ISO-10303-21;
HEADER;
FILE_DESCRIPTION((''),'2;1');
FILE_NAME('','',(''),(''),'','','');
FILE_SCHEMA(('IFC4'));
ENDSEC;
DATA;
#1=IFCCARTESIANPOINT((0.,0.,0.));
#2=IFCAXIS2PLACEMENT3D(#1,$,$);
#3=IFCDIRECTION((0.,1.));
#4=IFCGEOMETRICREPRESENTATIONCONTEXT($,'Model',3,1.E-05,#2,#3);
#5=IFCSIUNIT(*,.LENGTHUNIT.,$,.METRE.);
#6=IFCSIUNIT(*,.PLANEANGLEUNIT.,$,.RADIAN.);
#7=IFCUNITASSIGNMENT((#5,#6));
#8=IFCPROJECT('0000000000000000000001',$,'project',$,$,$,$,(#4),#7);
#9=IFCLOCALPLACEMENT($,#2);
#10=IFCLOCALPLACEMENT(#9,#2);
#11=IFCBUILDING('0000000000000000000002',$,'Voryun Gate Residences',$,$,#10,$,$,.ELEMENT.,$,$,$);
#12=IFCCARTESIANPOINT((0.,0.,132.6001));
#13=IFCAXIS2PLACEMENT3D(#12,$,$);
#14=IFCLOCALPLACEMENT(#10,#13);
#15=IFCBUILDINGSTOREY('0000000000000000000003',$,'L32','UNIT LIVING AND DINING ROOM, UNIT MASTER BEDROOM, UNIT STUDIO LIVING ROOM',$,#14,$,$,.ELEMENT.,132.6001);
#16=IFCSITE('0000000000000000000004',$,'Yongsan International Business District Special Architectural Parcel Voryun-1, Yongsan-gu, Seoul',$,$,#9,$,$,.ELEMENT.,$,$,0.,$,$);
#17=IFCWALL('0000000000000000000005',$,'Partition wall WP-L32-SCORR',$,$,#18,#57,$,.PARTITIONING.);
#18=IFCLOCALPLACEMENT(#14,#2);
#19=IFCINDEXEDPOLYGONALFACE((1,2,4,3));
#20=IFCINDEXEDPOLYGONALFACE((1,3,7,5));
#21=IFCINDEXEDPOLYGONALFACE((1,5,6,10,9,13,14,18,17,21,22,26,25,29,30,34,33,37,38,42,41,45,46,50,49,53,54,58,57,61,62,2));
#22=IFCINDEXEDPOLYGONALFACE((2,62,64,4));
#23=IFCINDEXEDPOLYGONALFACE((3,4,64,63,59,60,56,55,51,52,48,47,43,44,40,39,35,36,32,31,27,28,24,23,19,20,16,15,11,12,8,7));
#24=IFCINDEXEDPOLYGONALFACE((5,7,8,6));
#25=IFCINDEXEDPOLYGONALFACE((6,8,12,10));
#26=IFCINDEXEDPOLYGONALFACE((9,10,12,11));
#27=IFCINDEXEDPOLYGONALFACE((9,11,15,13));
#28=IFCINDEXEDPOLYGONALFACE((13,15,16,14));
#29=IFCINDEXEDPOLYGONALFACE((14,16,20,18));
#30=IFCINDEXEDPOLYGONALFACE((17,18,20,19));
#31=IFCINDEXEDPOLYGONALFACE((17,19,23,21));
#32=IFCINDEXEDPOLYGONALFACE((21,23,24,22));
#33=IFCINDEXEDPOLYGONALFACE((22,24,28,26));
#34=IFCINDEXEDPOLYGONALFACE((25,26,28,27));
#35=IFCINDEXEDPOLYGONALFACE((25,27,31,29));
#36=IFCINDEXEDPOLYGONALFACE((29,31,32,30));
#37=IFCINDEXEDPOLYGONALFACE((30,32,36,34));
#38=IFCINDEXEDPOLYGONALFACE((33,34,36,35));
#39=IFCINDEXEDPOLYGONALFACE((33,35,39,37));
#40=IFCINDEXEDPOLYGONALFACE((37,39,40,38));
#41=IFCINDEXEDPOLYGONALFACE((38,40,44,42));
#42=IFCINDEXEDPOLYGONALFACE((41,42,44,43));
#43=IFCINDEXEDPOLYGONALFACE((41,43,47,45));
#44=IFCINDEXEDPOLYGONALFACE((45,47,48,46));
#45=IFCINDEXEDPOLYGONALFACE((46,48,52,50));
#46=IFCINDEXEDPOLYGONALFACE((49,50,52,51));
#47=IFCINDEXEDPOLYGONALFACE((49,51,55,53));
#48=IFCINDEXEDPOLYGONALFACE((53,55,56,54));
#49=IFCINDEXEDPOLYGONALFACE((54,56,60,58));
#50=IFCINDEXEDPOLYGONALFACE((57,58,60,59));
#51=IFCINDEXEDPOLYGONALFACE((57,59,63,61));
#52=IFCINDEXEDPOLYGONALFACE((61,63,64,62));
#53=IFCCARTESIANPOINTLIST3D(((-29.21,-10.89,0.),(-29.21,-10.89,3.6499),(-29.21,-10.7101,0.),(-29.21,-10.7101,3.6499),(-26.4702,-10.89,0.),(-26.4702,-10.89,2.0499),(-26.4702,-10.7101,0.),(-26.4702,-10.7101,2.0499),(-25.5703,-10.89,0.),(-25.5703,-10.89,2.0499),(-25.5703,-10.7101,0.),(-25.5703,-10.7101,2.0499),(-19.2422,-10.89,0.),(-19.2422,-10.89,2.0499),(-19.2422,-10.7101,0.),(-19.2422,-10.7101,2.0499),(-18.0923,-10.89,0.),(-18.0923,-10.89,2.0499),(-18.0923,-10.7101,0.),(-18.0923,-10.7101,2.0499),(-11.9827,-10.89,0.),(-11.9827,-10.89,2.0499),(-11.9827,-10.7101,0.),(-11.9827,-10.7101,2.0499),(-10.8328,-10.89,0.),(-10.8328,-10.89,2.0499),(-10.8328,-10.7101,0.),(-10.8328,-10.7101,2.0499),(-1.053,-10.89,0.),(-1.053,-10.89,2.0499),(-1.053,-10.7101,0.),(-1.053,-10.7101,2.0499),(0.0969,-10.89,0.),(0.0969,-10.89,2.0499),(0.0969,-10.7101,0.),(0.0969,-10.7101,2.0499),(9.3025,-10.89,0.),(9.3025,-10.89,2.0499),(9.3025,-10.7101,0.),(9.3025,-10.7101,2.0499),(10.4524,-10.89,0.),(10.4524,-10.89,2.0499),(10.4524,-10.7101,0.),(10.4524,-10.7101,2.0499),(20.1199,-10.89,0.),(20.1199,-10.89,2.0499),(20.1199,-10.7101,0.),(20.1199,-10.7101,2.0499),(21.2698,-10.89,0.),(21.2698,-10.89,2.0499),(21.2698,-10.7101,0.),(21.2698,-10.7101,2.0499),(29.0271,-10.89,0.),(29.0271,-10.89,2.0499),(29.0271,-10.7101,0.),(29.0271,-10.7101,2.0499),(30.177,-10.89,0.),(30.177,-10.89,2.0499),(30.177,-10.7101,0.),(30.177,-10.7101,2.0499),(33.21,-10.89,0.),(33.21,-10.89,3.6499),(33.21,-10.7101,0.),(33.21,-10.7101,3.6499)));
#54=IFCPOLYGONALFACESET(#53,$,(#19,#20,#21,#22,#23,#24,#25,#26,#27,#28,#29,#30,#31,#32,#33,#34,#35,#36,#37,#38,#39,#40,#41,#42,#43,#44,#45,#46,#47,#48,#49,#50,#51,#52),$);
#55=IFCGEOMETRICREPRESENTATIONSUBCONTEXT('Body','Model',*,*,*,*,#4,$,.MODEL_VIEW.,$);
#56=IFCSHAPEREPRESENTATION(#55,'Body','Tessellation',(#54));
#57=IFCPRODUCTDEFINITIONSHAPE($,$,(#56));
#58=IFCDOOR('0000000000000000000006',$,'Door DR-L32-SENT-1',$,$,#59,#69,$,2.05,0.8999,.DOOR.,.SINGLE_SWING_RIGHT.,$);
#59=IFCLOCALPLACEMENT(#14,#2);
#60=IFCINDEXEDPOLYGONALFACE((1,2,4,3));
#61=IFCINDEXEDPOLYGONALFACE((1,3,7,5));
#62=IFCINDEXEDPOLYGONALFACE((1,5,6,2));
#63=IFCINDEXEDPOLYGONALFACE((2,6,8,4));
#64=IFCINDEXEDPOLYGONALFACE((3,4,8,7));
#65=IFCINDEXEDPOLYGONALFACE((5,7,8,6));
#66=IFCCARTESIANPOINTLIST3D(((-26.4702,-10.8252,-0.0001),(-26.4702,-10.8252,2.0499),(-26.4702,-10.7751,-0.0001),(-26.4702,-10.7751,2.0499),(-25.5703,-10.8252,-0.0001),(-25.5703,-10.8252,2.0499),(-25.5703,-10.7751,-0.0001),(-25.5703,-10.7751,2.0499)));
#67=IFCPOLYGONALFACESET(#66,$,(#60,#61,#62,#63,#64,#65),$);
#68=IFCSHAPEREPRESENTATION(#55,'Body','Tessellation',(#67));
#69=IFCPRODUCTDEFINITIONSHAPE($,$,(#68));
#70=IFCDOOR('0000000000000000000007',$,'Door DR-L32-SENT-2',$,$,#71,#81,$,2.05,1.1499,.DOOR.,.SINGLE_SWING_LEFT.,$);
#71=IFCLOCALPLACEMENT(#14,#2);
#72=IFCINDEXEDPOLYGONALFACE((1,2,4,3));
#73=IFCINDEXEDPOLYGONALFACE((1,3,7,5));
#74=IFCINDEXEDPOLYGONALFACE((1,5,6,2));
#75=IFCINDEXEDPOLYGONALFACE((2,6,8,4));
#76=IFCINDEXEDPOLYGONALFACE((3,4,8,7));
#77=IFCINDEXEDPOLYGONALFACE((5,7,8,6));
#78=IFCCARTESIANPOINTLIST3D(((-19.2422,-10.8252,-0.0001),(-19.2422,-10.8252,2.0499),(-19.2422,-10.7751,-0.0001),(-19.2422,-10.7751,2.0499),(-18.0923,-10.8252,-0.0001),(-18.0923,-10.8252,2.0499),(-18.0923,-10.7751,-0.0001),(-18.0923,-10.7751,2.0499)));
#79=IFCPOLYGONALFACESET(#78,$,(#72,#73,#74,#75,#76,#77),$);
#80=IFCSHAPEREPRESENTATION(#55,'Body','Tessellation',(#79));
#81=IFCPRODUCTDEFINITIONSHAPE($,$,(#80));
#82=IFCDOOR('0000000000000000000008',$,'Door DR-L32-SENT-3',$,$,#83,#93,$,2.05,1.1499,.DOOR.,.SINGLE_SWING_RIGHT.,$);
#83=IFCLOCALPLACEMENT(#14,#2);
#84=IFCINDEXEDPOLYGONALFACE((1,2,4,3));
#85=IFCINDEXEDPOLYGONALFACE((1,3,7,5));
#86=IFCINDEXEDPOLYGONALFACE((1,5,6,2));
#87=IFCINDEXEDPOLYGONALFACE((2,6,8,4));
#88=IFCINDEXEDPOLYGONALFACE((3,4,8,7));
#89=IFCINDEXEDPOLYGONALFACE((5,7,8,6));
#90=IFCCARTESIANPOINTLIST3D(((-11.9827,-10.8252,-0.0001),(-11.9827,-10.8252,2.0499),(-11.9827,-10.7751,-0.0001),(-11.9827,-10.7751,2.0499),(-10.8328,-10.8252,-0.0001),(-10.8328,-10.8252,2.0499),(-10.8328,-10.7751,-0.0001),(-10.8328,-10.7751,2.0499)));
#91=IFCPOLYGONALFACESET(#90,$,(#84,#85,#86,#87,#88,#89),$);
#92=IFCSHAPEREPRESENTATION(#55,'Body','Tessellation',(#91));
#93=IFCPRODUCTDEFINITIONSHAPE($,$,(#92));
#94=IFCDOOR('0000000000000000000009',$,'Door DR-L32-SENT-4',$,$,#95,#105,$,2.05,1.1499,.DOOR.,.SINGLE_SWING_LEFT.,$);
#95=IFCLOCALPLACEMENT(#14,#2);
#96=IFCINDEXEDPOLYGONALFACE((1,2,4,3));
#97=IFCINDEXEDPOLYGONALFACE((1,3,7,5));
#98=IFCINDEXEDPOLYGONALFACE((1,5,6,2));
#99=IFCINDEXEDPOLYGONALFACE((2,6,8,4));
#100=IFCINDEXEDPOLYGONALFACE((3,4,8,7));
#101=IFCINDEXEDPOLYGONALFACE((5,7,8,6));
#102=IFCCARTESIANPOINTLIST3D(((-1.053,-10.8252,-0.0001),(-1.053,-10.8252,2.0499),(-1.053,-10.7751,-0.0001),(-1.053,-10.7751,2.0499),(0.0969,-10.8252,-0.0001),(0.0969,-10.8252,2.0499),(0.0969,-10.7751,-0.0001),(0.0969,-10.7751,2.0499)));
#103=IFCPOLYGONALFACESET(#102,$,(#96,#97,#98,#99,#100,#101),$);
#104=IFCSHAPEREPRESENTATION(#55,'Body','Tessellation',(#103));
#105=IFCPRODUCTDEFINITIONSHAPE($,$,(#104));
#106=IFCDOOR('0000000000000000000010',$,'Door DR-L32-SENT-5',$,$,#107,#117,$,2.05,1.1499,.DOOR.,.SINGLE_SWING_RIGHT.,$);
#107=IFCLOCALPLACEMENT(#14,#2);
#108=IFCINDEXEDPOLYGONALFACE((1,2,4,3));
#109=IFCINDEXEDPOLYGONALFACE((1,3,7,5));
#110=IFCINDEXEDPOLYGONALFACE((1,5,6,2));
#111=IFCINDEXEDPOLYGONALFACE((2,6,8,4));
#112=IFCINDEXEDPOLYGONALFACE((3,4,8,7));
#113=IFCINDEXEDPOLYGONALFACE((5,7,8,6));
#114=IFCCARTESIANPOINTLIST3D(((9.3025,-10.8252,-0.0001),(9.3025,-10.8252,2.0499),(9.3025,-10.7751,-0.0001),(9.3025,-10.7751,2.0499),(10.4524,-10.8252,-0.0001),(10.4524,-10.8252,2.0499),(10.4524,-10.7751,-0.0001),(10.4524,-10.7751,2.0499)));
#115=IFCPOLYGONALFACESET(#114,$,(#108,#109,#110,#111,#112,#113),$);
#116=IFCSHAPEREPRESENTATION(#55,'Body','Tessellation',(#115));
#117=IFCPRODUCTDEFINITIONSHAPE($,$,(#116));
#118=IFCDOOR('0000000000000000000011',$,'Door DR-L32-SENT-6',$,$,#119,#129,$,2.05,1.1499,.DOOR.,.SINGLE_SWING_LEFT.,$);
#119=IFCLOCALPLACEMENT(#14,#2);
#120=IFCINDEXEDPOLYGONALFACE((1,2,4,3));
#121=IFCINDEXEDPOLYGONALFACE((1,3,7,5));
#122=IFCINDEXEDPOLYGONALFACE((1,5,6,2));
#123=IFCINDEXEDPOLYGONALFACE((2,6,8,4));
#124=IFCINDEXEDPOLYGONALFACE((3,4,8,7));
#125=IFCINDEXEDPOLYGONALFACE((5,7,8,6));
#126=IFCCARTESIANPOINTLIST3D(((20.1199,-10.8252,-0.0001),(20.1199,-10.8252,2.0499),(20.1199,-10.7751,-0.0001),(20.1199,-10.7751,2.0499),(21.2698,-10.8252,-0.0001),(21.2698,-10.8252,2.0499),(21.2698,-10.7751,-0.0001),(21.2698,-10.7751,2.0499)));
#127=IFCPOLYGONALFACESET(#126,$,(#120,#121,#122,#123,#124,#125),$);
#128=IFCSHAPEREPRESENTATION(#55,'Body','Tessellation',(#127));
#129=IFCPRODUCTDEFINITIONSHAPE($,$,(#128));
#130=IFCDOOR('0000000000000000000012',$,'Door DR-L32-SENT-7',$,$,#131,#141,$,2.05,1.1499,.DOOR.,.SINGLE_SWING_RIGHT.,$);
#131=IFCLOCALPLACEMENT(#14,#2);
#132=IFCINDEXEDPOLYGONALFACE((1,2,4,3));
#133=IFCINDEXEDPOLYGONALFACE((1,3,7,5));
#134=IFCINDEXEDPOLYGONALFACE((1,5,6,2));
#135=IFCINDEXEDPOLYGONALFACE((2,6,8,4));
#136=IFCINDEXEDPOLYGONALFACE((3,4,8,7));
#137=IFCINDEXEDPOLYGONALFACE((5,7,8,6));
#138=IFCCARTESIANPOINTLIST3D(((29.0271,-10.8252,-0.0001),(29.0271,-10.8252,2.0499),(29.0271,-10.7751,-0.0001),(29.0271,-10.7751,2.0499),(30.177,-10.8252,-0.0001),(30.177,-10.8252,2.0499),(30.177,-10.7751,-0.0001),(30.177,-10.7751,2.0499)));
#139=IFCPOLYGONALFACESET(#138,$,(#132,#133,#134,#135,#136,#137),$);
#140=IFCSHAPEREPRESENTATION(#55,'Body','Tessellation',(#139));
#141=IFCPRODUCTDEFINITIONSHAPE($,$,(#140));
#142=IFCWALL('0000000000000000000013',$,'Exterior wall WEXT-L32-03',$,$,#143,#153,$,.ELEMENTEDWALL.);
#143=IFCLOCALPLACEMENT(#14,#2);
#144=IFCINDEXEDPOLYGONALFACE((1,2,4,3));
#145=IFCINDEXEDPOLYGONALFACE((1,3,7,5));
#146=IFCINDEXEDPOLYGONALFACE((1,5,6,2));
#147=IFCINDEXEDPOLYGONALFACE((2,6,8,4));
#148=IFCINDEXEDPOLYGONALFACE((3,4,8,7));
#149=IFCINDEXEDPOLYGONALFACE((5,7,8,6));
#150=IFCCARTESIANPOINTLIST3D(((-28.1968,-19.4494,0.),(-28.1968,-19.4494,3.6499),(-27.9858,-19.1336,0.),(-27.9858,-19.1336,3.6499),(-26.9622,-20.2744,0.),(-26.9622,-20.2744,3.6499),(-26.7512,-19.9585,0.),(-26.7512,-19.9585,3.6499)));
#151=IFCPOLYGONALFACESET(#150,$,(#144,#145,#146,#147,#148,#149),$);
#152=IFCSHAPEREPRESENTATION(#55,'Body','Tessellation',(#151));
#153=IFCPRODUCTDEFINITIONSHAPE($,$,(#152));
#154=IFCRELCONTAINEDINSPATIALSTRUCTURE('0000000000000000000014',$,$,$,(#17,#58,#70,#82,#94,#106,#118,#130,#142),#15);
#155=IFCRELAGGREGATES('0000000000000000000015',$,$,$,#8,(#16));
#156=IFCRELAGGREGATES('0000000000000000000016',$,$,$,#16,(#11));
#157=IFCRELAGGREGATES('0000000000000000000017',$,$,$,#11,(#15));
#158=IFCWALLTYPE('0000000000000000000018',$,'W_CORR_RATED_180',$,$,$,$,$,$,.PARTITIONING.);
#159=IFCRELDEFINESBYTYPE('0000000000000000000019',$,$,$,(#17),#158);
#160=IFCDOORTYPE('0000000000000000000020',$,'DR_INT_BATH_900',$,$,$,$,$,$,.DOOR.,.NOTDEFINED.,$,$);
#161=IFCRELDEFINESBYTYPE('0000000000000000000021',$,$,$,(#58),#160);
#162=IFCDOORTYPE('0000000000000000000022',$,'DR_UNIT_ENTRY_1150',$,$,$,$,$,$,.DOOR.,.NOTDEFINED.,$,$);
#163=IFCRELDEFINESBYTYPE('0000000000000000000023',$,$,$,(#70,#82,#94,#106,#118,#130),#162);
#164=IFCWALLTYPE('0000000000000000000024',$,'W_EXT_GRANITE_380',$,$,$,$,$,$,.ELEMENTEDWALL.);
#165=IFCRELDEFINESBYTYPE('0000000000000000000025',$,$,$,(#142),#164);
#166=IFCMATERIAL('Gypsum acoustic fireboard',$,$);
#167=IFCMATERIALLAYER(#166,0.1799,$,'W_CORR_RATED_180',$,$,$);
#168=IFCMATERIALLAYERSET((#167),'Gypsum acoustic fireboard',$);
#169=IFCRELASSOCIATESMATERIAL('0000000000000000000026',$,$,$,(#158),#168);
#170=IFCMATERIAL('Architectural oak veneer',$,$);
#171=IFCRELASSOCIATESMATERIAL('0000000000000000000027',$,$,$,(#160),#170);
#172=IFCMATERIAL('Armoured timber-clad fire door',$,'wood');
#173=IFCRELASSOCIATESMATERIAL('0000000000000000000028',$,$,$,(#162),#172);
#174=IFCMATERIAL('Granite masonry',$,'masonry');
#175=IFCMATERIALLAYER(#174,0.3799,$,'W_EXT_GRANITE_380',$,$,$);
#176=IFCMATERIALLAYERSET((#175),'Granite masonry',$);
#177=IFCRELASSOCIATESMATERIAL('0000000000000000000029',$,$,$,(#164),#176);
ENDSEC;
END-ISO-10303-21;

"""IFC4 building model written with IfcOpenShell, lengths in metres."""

from ifc_helpers import new_model, si_unit, direction, frame, frame_2d, origin, place, context, subcontext, project, spatial, rectangle, extrude, material, layer, layer_set, type_object, element, fill, save


model = new_model("IFC4")

# Units and contexts
model_context = context("Model", 3, precision=1e-05, world=origin(), true_north=direction((0.0, 1.0)))
body_context = subcontext(model_context, "Body", "Model", "MODEL_VIEW")
ifc_project = project(units=[si_unit("LENGTHUNIT", "METRE"), si_unit("PLANEANGLEUNIT", "RADIAN")], contexts=[model_context])

# Site, building, storey
site_placement = place(None, origin())
site = spatial("IfcSite", under=ifc_project, at=site_placement, Name="Yongsan International Business District Special Architectural Parcel Voryun-1, Yongsan-gu, Seoul", CompositionType="ELEMENT", RefElevation=0.0)
building_placement = place(site_placement, origin())
building = spatial("IfcBuilding", under=site, at=building_placement, Name="Voryun Gate Residences", CompositionType="ELEMENT")
storey_placement = place(building_placement, frame((0.0, 0.0, 132.6001)))
storey = spatial("IfcBuildingStorey", under=building, at=storey_placement, Name="L32", Description="UNIT LIVING AND DINING ROOM, UNIT MASTER BEDROOM, UNIT STUDIO LIVING ROOM", CompositionType="ELEMENT", Elevation=132.6001)

# Wall, openings, doors
ifc_material_1 = material(Name="Gypsum acoustic fireboard")
ifc_layer_1 = layer(ifc_material_1, 0.1799, Name="W_CORR_RATED_180")
ifc_layer_set_1 = layer_set([ifc_layer_1], Name="Gypsum acoustic fireboard")
wall_type_1 = type_object("IfcWallType", Name="W_CORR_RATED_180", PredefinedType="PARTITIONING", material=ifc_layer_set_1)
wall_1_placement = place(storey_placement, frame((-29.21, -10.8, 0.0), z_axis=(0.0, 0.0, 1.0), x_axis=(1.0, 0.0, 0.0)))
wall_1 = element("IfcWall", 1, at=wall_1_placement, inside=storey, type_object=wall_type_1, Name="Partition wall WP-L32-SCORR", PredefinedType="PARTITIONING", context=body_context, shape_type="SweptSolid", body=[
    extrude(rectangle(XDim=62.4199, YDim=0.1799, at=frame_2d((31.21, 0.0))), origin(), (0.0, 0.0, 1.0), 3.6499),
])
opening_1_placement = place(wall_1_placement, frame((2.7397, 0.0, 0.0)))
opening_1 = element("IfcOpeningElement", 2, at=opening_1_placement, cuts=wall_1, PredefinedType="OPENING", context=body_context, shape_type="SweptSolid", body=[
    extrude(rectangle(XDim=0.8999, YDim=2.05, at=frame_2d((0.45, 1.0249))), frame((0.0, 0.0999, 0.0), z_axis=(0.0, -1.0, 0.0), x_axis=(1.0, 0.0, 0.0)), (0.0, 0.0, 1.0), 0.2),
])
opening_2_placement = place(wall_1_placement, frame((9.9678, 0.0, 0.0)))
opening_2 = element("IfcOpeningElement", 3, at=opening_2_placement, cuts=wall_1, PredefinedType="OPENING", context=body_context, shape_type="SweptSolid", body=[
    extrude(rectangle(XDim=1.1499, YDim=2.05, at=frame_2d((0.575, 1.0249))), frame((0.0, 0.0999, 0.0), z_axis=(0.0, -1.0, 0.0), x_axis=(1.0, 0.0, 0.0)), (0.0, 0.0, 1.0), 0.2),
])
opening_3_placement = place(wall_1_placement, frame((17.2273, 0.0, 0.0)))
opening_3 = element("IfcOpeningElement", 4, at=opening_3_placement, cuts=wall_1, PredefinedType="OPENING", context=body_context, shape_type="SweptSolid", body=[
    extrude(rectangle(XDim=1.1499, YDim=2.05, at=frame_2d((0.575, 1.0249))), frame((0.0, 0.0999, 0.0), z_axis=(0.0, -1.0, 0.0), x_axis=(1.0, 0.0, 0.0)), (0.0, 0.0, 1.0), 0.2),
])
opening_4_placement = place(wall_1_placement, frame((28.157, 0.0, 0.0)))
opening_4 = element("IfcOpeningElement", 5, at=opening_4_placement, cuts=wall_1, PredefinedType="OPENING", context=body_context, shape_type="SweptSolid", body=[
    extrude(rectangle(XDim=1.1499, YDim=2.05, at=frame_2d((0.575, 1.0249))), frame((0.0, 0.0999, 0.0), z_axis=(0.0, -1.0, 0.0), x_axis=(1.0, 0.0, 0.0)), (0.0, 0.0, 1.0), 0.2),
])
opening_5_placement = place(wall_1_placement, frame((38.5125, 0.0, 0.0)))
opening_5 = element("IfcOpeningElement", 6, at=opening_5_placement, cuts=wall_1, PredefinedType="OPENING", context=body_context, shape_type="SweptSolid", body=[
    extrude(rectangle(XDim=1.1499, YDim=2.05, at=frame_2d((0.575, 1.0249))), frame((0.0, 0.0999, 0.0), z_axis=(0.0, -1.0, 0.0), x_axis=(1.0, 0.0, 0.0)), (0.0, 0.0, 1.0), 0.2),
])
opening_6_placement = place(wall_1_placement, frame((49.3298, 0.0, 0.0)))
opening_6 = element("IfcOpeningElement", 7, at=opening_6_placement, cuts=wall_1, PredefinedType="OPENING", context=body_context, shape_type="SweptSolid", body=[
    extrude(rectangle(XDim=1.1499, YDim=2.05, at=frame_2d((0.575, 1.0249))), frame((0.0, 0.0999, 0.0), z_axis=(0.0, -1.0, 0.0), x_axis=(1.0, 0.0, 0.0)), (0.0, 0.0, 1.0), 0.2),
])
opening_7_placement = place(wall_1_placement, frame((58.2371, 0.0, 0.0)))
opening_7 = element("IfcOpeningElement", 8, at=opening_7_placement, cuts=wall_1, PredefinedType="OPENING", context=body_context, shape_type="SweptSolid", body=[
    extrude(rectangle(XDim=1.1499, YDim=2.05, at=frame_2d((0.575, 1.0249))), frame((0.0, 0.0999, 0.0), z_axis=(0.0, -1.0, 0.0), x_axis=(1.0, 0.0, 0.0)), (0.0, 0.0, 1.0), 0.2),
])
ifc_material_2 = material(Name="Architectural oak veneer")
door_type_1 = type_object("IfcDoorType", Name="DR_INT_BATH_900", OperationType="NOTDEFINED", PredefinedType="DOOR", material=ifc_material_2)
door_1_placement = place(opening_1_placement, origin())
door_1 = element("IfcDoor", 9, at=door_1_placement, inside=storey, type_object=door_type_1, Name="Door DR-L32-SENT-1", OperationType="SINGLE_SWING_RIGHT", OverallHeight=2.05, OverallWidth=0.8999, PredefinedType="DOOR", context=body_context, shape_type="SweptSolid", body=[
    extrude(rectangle(XDim=0.8999, YDim=2.05, at=frame_2d((0.45, 1.0249))), frame((0.0, 0.0249, 0.0), z_axis=(0.0, -1.0, 0.0), x_axis=(1.0, 0.0, 0.0)), (0.0, 0.0, 1.0), 0.05),
])
fill(opening_1, door_1)
ifc_material_3 = material(Name="Armoured timber-clad fire door", Category="wood")
door_type_2 = type_object("IfcDoorType", Name="DR_UNIT_ENTRY_1150", OperationType="NOTDEFINED", PredefinedType="DOOR", material=ifc_material_3)
door_2_placement = place(opening_2_placement, origin())
door_2 = element("IfcDoor", 10, at=door_2_placement, inside=storey, type_object=door_type_2, Name="Door DR-L32-SENT-2", OperationType="SINGLE_SWING_LEFT", OverallHeight=2.05, OverallWidth=1.1499, PredefinedType="DOOR", context=body_context, shape_type="SweptSolid", body=[
    extrude(rectangle(XDim=1.1499, YDim=2.05, at=frame_2d((0.575, 1.0249))), frame((0.0, 0.0249, 0.0), z_axis=(0.0, -1.0, 0.0), x_axis=(1.0, 0.0, 0.0)), (0.0, 0.0, 1.0), 0.05),
])
fill(opening_2, door_2)
door_3_placement = place(opening_3_placement, origin())
door_3 = element("IfcDoor", 11, at=door_3_placement, inside=storey, type_object=door_type_2, Name="Door DR-L32-SENT-3", OperationType="SINGLE_SWING_RIGHT", OverallHeight=2.05, OverallWidth=1.1499, PredefinedType="DOOR", context=body_context, shape_type="SweptSolid", body=[
    extrude(rectangle(XDim=1.1499, YDim=2.05, at=frame_2d((0.575, 1.0249))), frame((0.0, 0.0249, 0.0), z_axis=(0.0, -1.0, 0.0), x_axis=(1.0, 0.0, 0.0)), (0.0, 0.0, 1.0), 0.05),
])
fill(opening_3, door_3)
door_4_placement = place(opening_4_placement, origin())
door_4 = element("IfcDoor", 12, at=door_4_placement, inside=storey, type_object=door_type_2, Name="Door DR-L32-SENT-4", OperationType="SINGLE_SWING_LEFT", OverallHeight=2.05, OverallWidth=1.1499, PredefinedType="DOOR", context=body_context, shape_type="SweptSolid", body=[
    extrude(rectangle(XDim=1.1499, YDim=2.05, at=frame_2d((0.575, 1.0249))), frame((0.0, 0.0249, 0.0), z_axis=(0.0, -1.0, 0.0), x_axis=(1.0, 0.0, 0.0)), (0.0, 0.0, 1.0), 0.05),
])
fill(opening_4, door_4)
door_5_placement = place(opening_5_placement, origin())
door_5 = element("IfcDoor", 13, at=door_5_placement, inside=storey, type_object=door_type_2, Name="Door DR-L32-SENT-5", OperationType="SINGLE_SWING_RIGHT", OverallHeight=2.05, OverallWidth=1.1499, PredefinedType="DOOR", context=body_context, shape_type="SweptSolid", body=[
    extrude(rectangle(XDim=1.1499, YDim=2.05, at=frame_2d((0.575, 1.0249))), frame((0.0, 0.0249, 0.0), z_axis=(0.0, -1.0, 0.0), x_axis=(1.0, 0.0, 0.0)), (0.0, 0.0, 1.0), 0.05),
])
fill(opening_5, door_5)
door_6_placement = place(opening_6_placement, origin())
door_6 = element("IfcDoor", 14, at=door_6_placement, inside=storey, type_object=door_type_2, Name="Door DR-L32-SENT-6", OperationType="SINGLE_SWING_LEFT", OverallHeight=2.05, OverallWidth=1.1499, PredefinedType="DOOR", context=body_context, shape_type="SweptSolid", body=[
    extrude(rectangle(XDim=1.1499, YDim=2.05, at=frame_2d((0.575, 1.0249))), frame((0.0, 0.0249, 0.0), z_axis=(0.0, -1.0, 0.0), x_axis=(1.0, 0.0, 0.0)), (0.0, 0.0, 1.0), 0.05),
])
fill(opening_6, door_6)
door_7_placement = place(opening_7_placement, origin())
door_7 = element("IfcDoor", 15, at=door_7_placement, inside=storey, type_object=door_type_2, Name="Door DR-L32-SENT-7", OperationType="SINGLE_SWING_RIGHT", OverallHeight=2.05, OverallWidth=1.1499, PredefinedType="DOOR", context=body_context, shape_type="SweptSolid", body=[
    extrude(rectangle(XDim=1.1499, YDim=2.05, at=frame_2d((0.575, 1.0249))), frame((0.0, 0.0249, 0.0), z_axis=(0.0, -1.0, 0.0), x_axis=(1.0, 0.0, 0.0)), (0.0, 0.0, 1.0), 0.05),
])
fill(opening_7, door_7)

# Wall
ifc_material_4 = material(Name="Granite masonry", Category="masonry")
ifc_layer_2 = layer(ifc_material_4, 0.3799, Name="W_EXT_GRANITE_380")
ifc_layer_set_2 = layer_set([ifc_layer_2], Name="Granite masonry")
wall_type_2 = type_object("IfcWallType", Name="W_EXT_GRANITE_380", PredefinedType="ELEMENTEDWALL", material=ifc_layer_set_2)
wall_2_placement = place(storey_placement, frame((-26.8567, -20.1165, 0.0), z_axis=(0.0, 0.0, 1.0), x_axis=(-0.831468, 0.555573, 0.0)))
element("IfcWall", 16, at=wall_2_placement, inside=storey, type_object=wall_type_2, Name="Exterior wall WEXT-L32-03", PredefinedType="ELEMENTEDWALL", context=body_context, shape_type="SweptSolid", body=[
    extrude(rectangle(XDim=1.4849, YDim=0.3799, at=frame_2d((0.7424, 0.0))), origin(), (0.0, 0.0, 1.0), 3.6499),
])

save(model, "model.ifc")
